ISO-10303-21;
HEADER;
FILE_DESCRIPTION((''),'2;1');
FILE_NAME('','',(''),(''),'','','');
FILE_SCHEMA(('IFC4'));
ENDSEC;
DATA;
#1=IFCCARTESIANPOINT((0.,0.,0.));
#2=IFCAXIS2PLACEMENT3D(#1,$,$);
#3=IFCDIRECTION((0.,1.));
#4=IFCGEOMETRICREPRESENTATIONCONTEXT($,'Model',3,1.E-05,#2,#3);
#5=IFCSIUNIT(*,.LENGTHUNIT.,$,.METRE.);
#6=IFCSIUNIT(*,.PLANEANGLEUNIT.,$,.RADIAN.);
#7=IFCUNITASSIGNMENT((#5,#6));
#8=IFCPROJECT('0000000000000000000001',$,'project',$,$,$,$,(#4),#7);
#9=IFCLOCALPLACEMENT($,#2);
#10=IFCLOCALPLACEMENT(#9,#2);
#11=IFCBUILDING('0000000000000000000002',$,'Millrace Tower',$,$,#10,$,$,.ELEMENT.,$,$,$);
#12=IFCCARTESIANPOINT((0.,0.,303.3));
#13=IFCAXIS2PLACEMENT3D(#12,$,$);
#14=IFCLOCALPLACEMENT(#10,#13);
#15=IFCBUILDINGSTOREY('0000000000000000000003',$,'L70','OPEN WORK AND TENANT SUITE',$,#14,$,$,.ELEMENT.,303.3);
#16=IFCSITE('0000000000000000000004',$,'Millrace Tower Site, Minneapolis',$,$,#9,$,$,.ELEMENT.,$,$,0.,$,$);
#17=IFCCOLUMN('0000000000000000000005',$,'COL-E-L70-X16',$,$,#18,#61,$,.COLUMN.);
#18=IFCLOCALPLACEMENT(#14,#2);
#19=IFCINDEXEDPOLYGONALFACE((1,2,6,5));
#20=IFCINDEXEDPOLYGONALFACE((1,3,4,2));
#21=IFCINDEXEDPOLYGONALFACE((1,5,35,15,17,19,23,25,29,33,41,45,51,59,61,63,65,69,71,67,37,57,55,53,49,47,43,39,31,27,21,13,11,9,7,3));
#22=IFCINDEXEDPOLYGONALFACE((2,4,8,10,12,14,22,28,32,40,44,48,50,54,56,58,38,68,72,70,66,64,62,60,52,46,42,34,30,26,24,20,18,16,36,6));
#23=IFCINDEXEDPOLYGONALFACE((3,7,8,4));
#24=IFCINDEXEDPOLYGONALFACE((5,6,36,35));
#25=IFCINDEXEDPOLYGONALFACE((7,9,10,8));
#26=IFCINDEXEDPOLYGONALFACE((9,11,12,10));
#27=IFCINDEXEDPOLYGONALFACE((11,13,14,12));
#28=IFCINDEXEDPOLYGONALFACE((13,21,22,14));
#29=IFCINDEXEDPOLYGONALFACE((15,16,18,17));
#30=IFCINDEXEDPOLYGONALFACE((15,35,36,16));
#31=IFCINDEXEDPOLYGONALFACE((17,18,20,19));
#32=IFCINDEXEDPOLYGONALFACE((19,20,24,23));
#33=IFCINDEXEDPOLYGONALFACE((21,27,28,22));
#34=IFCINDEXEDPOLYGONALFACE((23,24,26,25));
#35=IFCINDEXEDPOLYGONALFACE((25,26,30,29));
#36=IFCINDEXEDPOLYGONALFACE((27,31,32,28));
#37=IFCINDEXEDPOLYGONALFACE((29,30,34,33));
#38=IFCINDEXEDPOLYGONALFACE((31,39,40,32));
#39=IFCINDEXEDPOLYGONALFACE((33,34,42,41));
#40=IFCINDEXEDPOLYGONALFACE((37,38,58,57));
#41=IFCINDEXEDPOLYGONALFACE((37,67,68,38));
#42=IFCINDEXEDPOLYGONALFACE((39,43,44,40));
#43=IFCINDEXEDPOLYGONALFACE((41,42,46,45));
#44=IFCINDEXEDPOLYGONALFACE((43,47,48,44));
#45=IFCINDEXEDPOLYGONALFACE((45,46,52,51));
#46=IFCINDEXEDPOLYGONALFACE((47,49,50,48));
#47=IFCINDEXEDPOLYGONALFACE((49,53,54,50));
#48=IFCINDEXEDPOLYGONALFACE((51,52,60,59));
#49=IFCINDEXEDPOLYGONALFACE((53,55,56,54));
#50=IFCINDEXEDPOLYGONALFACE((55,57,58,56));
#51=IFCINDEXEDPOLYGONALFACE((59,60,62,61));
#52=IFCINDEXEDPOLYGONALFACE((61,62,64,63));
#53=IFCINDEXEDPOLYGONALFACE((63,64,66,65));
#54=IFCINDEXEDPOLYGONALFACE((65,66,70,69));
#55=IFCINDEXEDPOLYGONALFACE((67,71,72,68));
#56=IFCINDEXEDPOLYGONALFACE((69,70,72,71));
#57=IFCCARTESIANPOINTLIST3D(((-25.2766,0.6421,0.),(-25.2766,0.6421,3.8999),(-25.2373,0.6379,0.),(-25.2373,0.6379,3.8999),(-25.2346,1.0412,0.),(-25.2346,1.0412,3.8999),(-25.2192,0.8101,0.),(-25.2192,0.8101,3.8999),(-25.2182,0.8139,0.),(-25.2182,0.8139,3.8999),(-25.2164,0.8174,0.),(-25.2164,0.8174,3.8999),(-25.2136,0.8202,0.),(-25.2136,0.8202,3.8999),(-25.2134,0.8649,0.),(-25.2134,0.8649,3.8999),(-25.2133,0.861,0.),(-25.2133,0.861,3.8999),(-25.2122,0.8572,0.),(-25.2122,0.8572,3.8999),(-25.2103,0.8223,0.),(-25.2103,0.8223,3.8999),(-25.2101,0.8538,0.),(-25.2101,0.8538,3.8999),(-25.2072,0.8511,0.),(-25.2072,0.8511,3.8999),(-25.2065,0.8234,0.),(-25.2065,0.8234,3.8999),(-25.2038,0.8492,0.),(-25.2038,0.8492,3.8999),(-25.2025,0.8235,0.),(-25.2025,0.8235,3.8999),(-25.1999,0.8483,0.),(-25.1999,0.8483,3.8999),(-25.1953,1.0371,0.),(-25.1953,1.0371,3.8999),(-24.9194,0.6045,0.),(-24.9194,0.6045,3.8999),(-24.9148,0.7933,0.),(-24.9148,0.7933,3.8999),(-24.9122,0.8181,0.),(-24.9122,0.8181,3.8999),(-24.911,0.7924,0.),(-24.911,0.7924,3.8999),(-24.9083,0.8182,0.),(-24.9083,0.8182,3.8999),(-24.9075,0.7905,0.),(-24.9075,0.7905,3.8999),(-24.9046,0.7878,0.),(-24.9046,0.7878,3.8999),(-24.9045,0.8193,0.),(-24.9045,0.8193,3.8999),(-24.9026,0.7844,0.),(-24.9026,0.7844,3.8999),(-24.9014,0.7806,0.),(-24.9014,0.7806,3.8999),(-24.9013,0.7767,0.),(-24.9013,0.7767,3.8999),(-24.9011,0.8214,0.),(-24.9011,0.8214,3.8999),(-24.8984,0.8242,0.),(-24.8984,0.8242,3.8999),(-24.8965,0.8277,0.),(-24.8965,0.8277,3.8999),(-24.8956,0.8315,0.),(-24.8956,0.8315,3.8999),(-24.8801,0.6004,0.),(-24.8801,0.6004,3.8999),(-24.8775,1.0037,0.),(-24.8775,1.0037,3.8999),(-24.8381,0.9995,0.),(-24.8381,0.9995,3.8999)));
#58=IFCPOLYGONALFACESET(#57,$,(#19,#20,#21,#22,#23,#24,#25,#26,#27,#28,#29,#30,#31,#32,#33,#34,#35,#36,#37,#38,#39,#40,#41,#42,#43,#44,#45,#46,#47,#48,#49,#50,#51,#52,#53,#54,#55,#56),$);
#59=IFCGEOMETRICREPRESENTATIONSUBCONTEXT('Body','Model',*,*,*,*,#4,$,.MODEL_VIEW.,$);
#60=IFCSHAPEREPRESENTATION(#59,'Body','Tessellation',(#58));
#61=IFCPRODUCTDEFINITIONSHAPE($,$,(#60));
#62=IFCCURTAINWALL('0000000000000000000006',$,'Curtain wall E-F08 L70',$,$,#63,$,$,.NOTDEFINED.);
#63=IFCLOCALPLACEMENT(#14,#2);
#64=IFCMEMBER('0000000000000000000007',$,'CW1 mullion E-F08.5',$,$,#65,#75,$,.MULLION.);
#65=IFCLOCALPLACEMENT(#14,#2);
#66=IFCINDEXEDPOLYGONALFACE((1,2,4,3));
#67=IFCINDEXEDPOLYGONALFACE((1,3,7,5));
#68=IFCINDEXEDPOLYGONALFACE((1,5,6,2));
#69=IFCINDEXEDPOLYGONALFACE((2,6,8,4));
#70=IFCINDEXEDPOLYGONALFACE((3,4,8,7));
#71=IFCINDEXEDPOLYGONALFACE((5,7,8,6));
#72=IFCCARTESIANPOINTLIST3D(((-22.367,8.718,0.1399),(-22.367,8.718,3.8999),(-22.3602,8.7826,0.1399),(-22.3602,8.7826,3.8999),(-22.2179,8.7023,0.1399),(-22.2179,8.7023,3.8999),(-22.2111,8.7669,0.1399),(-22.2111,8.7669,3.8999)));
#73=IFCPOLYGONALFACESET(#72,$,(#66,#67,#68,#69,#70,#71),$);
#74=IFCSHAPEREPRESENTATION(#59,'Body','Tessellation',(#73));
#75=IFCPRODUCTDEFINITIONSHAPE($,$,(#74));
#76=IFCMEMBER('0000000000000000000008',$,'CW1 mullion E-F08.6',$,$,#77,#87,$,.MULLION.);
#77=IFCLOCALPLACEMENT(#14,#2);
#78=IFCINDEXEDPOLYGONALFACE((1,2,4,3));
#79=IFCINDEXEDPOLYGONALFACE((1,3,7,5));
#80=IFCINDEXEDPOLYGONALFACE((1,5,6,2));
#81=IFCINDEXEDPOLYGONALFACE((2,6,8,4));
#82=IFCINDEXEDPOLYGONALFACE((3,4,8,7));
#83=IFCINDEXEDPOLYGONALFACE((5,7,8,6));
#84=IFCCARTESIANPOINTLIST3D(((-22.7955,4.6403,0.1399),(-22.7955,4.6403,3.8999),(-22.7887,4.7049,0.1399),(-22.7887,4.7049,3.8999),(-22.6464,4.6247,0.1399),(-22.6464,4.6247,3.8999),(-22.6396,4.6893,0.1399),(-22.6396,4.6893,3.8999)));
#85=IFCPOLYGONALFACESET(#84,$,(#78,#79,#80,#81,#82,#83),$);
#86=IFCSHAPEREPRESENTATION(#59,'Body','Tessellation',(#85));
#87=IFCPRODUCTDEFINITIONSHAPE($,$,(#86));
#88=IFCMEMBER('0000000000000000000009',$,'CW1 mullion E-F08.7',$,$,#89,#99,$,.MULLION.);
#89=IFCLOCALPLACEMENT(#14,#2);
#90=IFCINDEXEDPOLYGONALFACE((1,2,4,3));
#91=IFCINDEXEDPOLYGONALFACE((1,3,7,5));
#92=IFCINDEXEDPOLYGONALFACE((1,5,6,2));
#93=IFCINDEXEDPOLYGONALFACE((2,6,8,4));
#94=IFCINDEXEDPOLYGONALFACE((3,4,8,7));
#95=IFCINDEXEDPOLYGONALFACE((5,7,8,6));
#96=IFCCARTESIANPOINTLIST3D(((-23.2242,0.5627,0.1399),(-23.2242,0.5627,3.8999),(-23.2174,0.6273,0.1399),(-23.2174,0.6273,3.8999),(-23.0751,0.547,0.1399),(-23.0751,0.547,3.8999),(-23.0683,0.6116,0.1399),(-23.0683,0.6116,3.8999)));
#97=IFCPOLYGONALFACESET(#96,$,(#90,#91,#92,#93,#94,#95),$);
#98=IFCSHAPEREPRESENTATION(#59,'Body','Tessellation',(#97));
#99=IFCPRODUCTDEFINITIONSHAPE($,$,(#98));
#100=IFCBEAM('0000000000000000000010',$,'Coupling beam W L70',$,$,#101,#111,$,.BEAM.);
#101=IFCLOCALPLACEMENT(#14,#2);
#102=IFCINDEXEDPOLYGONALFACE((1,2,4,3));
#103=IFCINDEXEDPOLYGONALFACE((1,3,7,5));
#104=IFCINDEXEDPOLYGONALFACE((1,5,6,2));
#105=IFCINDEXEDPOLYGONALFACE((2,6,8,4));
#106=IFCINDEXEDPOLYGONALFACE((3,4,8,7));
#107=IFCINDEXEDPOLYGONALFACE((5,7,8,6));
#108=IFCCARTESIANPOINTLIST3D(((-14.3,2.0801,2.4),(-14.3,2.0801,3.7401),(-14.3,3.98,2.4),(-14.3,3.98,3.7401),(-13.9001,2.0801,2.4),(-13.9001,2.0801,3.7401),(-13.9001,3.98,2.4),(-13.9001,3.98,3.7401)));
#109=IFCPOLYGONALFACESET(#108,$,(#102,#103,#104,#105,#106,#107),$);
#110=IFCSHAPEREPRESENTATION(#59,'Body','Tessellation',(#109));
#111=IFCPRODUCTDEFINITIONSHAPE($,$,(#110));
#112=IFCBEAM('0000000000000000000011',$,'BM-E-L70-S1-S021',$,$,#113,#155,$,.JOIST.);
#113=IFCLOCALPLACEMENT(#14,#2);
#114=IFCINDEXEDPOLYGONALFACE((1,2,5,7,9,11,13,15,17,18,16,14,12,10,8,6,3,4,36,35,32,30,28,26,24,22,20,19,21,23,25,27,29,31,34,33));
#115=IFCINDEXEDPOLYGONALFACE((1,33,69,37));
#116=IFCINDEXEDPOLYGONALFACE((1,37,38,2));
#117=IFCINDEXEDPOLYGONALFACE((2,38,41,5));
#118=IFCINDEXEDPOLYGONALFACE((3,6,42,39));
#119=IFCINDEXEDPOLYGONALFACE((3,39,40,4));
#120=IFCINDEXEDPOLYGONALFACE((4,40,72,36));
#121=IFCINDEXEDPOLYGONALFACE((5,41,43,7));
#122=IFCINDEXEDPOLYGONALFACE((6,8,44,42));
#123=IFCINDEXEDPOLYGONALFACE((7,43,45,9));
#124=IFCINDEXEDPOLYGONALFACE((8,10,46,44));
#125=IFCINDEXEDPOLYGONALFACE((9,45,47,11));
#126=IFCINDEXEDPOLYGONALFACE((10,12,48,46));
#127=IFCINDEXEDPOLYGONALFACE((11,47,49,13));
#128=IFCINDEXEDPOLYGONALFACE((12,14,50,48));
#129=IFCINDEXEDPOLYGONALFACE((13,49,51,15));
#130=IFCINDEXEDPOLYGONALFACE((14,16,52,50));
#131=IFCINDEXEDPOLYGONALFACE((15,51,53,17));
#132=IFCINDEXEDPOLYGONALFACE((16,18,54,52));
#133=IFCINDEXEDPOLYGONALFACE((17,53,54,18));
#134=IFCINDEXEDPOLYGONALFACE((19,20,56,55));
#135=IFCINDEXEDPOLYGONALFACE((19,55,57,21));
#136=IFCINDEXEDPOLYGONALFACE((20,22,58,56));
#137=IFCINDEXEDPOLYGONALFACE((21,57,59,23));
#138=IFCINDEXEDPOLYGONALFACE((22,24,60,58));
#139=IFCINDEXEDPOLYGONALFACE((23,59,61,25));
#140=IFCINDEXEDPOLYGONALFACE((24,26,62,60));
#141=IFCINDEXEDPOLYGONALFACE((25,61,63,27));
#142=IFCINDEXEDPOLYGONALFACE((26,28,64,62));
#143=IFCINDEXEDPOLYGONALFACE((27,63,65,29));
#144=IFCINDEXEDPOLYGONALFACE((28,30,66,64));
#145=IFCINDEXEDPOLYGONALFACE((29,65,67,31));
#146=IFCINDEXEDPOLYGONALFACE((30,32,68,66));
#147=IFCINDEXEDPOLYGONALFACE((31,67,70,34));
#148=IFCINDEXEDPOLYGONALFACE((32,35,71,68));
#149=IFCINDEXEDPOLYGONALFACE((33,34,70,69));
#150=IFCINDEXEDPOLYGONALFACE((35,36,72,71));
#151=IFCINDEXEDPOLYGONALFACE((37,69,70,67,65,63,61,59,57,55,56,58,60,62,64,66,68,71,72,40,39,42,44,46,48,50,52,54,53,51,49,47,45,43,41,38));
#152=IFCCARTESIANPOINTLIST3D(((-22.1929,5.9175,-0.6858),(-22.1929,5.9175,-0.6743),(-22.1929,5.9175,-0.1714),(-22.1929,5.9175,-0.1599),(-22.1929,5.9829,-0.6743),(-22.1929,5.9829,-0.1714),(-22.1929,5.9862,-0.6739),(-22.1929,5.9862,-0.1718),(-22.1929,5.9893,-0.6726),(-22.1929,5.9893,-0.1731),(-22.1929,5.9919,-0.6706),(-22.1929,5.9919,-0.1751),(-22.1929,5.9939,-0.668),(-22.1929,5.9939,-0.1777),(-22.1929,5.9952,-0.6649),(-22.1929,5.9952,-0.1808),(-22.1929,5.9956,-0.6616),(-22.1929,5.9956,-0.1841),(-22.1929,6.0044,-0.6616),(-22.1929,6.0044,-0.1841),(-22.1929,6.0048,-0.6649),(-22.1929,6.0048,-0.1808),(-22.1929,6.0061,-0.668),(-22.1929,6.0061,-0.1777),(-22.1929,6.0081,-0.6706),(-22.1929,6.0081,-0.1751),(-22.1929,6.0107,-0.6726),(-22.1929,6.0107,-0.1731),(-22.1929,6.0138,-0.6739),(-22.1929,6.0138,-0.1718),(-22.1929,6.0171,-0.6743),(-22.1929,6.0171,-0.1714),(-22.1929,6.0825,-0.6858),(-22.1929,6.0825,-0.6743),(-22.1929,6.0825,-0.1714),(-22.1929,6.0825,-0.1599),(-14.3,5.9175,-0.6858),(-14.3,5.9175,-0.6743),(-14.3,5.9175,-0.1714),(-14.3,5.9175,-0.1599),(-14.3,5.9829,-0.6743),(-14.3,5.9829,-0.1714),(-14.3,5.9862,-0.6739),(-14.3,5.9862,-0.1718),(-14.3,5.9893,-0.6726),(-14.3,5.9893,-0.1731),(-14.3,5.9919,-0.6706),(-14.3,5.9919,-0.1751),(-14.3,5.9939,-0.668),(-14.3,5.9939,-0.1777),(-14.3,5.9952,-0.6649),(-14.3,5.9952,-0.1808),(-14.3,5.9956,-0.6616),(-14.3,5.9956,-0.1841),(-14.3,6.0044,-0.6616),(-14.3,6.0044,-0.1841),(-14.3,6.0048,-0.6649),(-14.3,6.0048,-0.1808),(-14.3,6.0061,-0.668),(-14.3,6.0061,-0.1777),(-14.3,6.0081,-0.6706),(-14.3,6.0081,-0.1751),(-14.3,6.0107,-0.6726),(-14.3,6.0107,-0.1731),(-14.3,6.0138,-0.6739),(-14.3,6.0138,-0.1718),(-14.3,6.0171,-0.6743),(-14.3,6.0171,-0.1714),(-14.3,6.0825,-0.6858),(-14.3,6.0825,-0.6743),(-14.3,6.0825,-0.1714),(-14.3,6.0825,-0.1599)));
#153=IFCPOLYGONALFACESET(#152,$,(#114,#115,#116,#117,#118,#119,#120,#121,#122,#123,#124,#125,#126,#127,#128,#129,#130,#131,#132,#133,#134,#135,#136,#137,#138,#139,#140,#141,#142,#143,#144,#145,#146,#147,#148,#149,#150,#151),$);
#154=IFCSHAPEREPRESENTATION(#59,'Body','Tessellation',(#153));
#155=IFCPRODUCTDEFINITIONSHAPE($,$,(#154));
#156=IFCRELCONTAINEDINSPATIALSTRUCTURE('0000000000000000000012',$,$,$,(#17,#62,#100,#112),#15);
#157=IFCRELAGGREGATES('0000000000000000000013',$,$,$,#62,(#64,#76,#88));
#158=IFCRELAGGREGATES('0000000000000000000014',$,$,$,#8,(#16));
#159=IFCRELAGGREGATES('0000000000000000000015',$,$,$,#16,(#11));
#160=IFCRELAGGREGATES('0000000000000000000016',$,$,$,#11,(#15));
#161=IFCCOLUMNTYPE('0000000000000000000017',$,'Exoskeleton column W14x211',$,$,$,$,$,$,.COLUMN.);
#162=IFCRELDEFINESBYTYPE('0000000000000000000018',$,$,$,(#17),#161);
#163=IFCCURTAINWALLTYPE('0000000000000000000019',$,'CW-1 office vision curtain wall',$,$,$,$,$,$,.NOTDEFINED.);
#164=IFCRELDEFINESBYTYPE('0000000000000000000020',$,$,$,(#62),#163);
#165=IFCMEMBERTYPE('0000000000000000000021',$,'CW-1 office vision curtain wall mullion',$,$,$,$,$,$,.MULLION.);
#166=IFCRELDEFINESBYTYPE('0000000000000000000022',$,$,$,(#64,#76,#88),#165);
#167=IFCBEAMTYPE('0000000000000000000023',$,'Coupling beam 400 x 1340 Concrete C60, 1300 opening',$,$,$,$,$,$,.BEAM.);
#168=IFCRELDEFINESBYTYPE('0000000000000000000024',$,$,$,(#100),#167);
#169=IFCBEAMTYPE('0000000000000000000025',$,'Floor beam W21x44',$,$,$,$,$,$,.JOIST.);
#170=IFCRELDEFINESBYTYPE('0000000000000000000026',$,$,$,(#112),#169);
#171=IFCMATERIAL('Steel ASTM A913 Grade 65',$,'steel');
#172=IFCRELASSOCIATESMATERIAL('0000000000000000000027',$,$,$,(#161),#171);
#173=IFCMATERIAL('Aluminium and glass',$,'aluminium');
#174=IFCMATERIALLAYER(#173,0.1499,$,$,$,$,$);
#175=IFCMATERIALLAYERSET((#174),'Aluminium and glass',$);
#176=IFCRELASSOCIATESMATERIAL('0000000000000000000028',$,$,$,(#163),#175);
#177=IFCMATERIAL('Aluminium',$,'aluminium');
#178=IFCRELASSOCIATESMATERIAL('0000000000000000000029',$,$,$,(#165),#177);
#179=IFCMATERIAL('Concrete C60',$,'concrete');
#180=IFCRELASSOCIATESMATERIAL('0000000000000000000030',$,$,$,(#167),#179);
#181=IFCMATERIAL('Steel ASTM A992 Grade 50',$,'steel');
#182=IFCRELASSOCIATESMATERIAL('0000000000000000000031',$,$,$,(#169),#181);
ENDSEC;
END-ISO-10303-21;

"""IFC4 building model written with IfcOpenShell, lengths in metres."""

from ifc_helpers import new_model, si_unit, direction, frame, origin, origin_2d, place, context, subcontext, project, spatial, rectangle, i_section, extrude, material, layer, layer_set, material_profile, profile_set, type_object, element, aggregate, save


model = new_model("IFC4")

# Units and contexts
model_context = context("Model", 3, precision=1e-05, world=origin(), true_north=direction((0.0, 1.0)))
body_context = subcontext(model_context, "Body", "Model", "MODEL_VIEW")
ifc_project = project(units=[si_unit("LENGTHUNIT", "METRE"), si_unit("PLANEANGLEUNIT", "RADIAN")], contexts=[model_context])

# Site, building, storey
site_placement = place(None, origin())
site = spatial("IfcSite", under=ifc_project, at=site_placement, Name="Millrace Tower Site, Minneapolis", CompositionType="ELEMENT", RefElevation=0.0)
building_placement = place(site_placement, origin())
building = spatial("IfcBuilding", under=site, at=building_placement, Name="Millrace Tower", CompositionType="ELEMENT")
storey_placement = place(building_placement, frame((0.0, 0.0, 303.3)))
storey = spatial("IfcBuildingStorey", under=building, at=storey_placement, Name="L70", Description="OPEN WORK AND TENANT SUITE", CompositionType="ELEMENT", Elevation=303.3)

# Column
ifc_material_1 = material(Name="Steel ASTM A913 Grade 65", Category="steel")
ifc_material_profile_1 = material_profile(ifc_material_1, i_section(OverallWidth=0.4014, OverallDepth=0.3987, WebThickness=0.0249, FlangeThickness=0.0396, FilletRadius=0.0151, at=origin_2d()))
ifc_profile_set_1 = profile_set([ifc_material_profile_1], Name="Steel ASTM A913 Grade 65")
column_type = type_object("IfcColumnType", Name="Exoskeleton column W14x211", PredefinedType="COLUMN", material=ifc_profile_set_1)
column_placement = place(storey_placement, frame((-25.0574, 0.8208, 0.0), z_axis=(0.0, 0.0, 1.0), x_axis=(-0.104528, -0.994522, 0.0)))
element("IfcColumn", 1, at=column_placement, inside=storey, type_object=column_type, Name="COL-E-L70-X16", PredefinedType="COLUMN", context=body_context, shape_type="SweptSolid", body=[
    extrude(i_section(OverallWidth=0.4014, OverallDepth=0.3987, WebThickness=0.0249, FlangeThickness=0.0396, FilletRadius=0.0151, at=origin_2d()), origin(), (0.0, 0.0, 1.0), 3.8999),
])

# Curtain wall, members
ifc_material_2 = material(Name="Aluminium and glass", Category="aluminium")
ifc_layer_1 = layer(ifc_material_2, 0.1499)
ifc_layer_set_1 = layer_set([ifc_layer_1], Name="Aluminium and glass")
curtain_wall_type = type_object("IfcCurtainWallType", Name="CW-1 office vision curtain wall", PredefinedType="NOTDEFINED", material=ifc_layer_set_1)
placement = place(storey_placement, origin())
curtain_wall = element("IfcCurtainWall", 2, at=placement, inside=storey, type_object=curtain_wall_type, Name="Curtain wall E-F08 L70", PredefinedType="NOTDEFINED")
ifc_material_3 = material(Name="Aluminium", Category="aluminium")
ifc_material_profile_2 = material_profile(ifc_material_3, rectangle(XDim=0.0649, YDim=0.1499, at=origin_2d()))
ifc_profile_set_2 = profile_set([ifc_material_profile_2], Name="Aluminium")
member_type = type_object("IfcMemberType", Name="CW-1 office vision curtain wall mullion", PredefinedType="MULLION", material=ifc_profile_set_2)
member_1_placement = place(storey_placement, frame((-22.2891, 8.7424, 0.1399), z_axis=(0.0, 0.0, 1.0), x_axis=(-0.104528, -0.994522, 0.0)))
member_1 = element("IfcMember", 3, at=member_1_placement, type_object=member_type, Name="CW1 mullion E-F08.5", PredefinedType="MULLION", context=body_context, shape_type="SweptSolid", body=[
    extrude(rectangle(XDim=0.0649, YDim=0.1499, at=origin_2d()), origin(), (0.0, 0.0, 1.0), 3.76),
])
member_2_placement = place(storey_placement, frame((-22.7175, 4.6648, 0.1399), z_axis=(0.0, 0.0, 1.0), x_axis=(-0.104528, -0.994522, 0.0)))
member_2 = element("IfcMember", 4, at=member_2_placement, type_object=member_type, Name="CW1 mullion E-F08.6", PredefinedType="MULLION", context=body_context, shape_type="SweptSolid", body=[
    extrude(rectangle(XDim=0.0649, YDim=0.1499, at=origin_2d()), origin(), (0.0, 0.0, 1.0), 3.76),
])
member_3_placement = place(storey_placement, frame((-23.1462, 0.5872, 0.1399), z_axis=(0.0, 0.0, 1.0), x_axis=(-0.104528, -0.994522, 0.0)))
member_3 = element("IfcMember", 5, at=member_3_placement, type_object=member_type, Name="CW1 mullion E-F08.7", PredefinedType="MULLION", context=body_context, shape_type="SweptSolid", body=[
    extrude(rectangle(XDim=0.0649, YDim=0.1499, at=origin_2d()), origin(), (0.0, 0.0, 1.0), 3.76),
])
aggregate(curtain_wall, [member_1, member_2, member_3])

# Beams
ifc_material_4 = material(Name="Concrete C60", Category="concrete")
ifc_material_profile_3 = material_profile(ifc_material_4, rectangle(XDim=0.3999, YDim=1.3401, at=origin_2d()))
ifc_profile_set_3 = profile_set([ifc_material_profile_3], Name="Concrete C60")
beam_type_1 = type_object("IfcBeamType", Name="Coupling beam 400 x 1340 Concrete C60, 1300 opening", PredefinedType="BEAM", material=ifc_profile_set_3)
beam_1_placement = place(storey_placement, frame((-14.1001, 2.0801, 3.0701), z_axis=(0.0, 1.0, 0.0), x_axis=(-1.0, 0.0, 0.0)))
element("IfcBeam", 6, at=beam_1_placement, inside=storey, type_object=beam_type_1, Name="Coupling beam W L70", PredefinedType="BEAM", context=body_context, shape_type="SweptSolid", body=[
    extrude(rectangle(XDim=0.3999, YDim=1.3401, at=origin_2d()), origin(), (0.0, 0.0, 1.0), 1.8999),
])
ifc_material_5 = material(Name="Steel ASTM A992 Grade 50", Category="steel")
ifc_material_profile_4 = material_profile(ifc_material_5, i_section(OverallWidth=0.165, OverallDepth=0.5259, WebThickness=0.0088, FlangeThickness=0.0115, FilletRadius=0.0127, at=origin_2d()))
ifc_profile_set_4 = profile_set([ifc_material_profile_4], Name="Steel ASTM A992 Grade 50")
beam_type_2 = type_object("IfcBeamType", Name="Floor beam W21x44", PredefinedType="JOIST", material=ifc_profile_set_4)
beam_2_placement = place(storey_placement, frame((-22.1929, 6.0, -0.4229), z_axis=(1.0, 0.0, 0.0), x_axis=(0.0, 1.0, 0.0)))
element("IfcBeam", 7, at=beam_2_placement, inside=storey, type_object=beam_type_2, Name="BM-E-L70-S1-S021", PredefinedType="JOIST", context=body_context, shape_type="SweptSolid", body=[
    extrude(i_section(OverallWidth=0.165, OverallDepth=0.5259, WebThickness=0.0088, FlangeThickness=0.0115, FilletRadius=0.0127, at=origin_2d()), origin(), (0.0, 0.0, 1.0), 7.8928),
])

save(model, "model.ifc")
